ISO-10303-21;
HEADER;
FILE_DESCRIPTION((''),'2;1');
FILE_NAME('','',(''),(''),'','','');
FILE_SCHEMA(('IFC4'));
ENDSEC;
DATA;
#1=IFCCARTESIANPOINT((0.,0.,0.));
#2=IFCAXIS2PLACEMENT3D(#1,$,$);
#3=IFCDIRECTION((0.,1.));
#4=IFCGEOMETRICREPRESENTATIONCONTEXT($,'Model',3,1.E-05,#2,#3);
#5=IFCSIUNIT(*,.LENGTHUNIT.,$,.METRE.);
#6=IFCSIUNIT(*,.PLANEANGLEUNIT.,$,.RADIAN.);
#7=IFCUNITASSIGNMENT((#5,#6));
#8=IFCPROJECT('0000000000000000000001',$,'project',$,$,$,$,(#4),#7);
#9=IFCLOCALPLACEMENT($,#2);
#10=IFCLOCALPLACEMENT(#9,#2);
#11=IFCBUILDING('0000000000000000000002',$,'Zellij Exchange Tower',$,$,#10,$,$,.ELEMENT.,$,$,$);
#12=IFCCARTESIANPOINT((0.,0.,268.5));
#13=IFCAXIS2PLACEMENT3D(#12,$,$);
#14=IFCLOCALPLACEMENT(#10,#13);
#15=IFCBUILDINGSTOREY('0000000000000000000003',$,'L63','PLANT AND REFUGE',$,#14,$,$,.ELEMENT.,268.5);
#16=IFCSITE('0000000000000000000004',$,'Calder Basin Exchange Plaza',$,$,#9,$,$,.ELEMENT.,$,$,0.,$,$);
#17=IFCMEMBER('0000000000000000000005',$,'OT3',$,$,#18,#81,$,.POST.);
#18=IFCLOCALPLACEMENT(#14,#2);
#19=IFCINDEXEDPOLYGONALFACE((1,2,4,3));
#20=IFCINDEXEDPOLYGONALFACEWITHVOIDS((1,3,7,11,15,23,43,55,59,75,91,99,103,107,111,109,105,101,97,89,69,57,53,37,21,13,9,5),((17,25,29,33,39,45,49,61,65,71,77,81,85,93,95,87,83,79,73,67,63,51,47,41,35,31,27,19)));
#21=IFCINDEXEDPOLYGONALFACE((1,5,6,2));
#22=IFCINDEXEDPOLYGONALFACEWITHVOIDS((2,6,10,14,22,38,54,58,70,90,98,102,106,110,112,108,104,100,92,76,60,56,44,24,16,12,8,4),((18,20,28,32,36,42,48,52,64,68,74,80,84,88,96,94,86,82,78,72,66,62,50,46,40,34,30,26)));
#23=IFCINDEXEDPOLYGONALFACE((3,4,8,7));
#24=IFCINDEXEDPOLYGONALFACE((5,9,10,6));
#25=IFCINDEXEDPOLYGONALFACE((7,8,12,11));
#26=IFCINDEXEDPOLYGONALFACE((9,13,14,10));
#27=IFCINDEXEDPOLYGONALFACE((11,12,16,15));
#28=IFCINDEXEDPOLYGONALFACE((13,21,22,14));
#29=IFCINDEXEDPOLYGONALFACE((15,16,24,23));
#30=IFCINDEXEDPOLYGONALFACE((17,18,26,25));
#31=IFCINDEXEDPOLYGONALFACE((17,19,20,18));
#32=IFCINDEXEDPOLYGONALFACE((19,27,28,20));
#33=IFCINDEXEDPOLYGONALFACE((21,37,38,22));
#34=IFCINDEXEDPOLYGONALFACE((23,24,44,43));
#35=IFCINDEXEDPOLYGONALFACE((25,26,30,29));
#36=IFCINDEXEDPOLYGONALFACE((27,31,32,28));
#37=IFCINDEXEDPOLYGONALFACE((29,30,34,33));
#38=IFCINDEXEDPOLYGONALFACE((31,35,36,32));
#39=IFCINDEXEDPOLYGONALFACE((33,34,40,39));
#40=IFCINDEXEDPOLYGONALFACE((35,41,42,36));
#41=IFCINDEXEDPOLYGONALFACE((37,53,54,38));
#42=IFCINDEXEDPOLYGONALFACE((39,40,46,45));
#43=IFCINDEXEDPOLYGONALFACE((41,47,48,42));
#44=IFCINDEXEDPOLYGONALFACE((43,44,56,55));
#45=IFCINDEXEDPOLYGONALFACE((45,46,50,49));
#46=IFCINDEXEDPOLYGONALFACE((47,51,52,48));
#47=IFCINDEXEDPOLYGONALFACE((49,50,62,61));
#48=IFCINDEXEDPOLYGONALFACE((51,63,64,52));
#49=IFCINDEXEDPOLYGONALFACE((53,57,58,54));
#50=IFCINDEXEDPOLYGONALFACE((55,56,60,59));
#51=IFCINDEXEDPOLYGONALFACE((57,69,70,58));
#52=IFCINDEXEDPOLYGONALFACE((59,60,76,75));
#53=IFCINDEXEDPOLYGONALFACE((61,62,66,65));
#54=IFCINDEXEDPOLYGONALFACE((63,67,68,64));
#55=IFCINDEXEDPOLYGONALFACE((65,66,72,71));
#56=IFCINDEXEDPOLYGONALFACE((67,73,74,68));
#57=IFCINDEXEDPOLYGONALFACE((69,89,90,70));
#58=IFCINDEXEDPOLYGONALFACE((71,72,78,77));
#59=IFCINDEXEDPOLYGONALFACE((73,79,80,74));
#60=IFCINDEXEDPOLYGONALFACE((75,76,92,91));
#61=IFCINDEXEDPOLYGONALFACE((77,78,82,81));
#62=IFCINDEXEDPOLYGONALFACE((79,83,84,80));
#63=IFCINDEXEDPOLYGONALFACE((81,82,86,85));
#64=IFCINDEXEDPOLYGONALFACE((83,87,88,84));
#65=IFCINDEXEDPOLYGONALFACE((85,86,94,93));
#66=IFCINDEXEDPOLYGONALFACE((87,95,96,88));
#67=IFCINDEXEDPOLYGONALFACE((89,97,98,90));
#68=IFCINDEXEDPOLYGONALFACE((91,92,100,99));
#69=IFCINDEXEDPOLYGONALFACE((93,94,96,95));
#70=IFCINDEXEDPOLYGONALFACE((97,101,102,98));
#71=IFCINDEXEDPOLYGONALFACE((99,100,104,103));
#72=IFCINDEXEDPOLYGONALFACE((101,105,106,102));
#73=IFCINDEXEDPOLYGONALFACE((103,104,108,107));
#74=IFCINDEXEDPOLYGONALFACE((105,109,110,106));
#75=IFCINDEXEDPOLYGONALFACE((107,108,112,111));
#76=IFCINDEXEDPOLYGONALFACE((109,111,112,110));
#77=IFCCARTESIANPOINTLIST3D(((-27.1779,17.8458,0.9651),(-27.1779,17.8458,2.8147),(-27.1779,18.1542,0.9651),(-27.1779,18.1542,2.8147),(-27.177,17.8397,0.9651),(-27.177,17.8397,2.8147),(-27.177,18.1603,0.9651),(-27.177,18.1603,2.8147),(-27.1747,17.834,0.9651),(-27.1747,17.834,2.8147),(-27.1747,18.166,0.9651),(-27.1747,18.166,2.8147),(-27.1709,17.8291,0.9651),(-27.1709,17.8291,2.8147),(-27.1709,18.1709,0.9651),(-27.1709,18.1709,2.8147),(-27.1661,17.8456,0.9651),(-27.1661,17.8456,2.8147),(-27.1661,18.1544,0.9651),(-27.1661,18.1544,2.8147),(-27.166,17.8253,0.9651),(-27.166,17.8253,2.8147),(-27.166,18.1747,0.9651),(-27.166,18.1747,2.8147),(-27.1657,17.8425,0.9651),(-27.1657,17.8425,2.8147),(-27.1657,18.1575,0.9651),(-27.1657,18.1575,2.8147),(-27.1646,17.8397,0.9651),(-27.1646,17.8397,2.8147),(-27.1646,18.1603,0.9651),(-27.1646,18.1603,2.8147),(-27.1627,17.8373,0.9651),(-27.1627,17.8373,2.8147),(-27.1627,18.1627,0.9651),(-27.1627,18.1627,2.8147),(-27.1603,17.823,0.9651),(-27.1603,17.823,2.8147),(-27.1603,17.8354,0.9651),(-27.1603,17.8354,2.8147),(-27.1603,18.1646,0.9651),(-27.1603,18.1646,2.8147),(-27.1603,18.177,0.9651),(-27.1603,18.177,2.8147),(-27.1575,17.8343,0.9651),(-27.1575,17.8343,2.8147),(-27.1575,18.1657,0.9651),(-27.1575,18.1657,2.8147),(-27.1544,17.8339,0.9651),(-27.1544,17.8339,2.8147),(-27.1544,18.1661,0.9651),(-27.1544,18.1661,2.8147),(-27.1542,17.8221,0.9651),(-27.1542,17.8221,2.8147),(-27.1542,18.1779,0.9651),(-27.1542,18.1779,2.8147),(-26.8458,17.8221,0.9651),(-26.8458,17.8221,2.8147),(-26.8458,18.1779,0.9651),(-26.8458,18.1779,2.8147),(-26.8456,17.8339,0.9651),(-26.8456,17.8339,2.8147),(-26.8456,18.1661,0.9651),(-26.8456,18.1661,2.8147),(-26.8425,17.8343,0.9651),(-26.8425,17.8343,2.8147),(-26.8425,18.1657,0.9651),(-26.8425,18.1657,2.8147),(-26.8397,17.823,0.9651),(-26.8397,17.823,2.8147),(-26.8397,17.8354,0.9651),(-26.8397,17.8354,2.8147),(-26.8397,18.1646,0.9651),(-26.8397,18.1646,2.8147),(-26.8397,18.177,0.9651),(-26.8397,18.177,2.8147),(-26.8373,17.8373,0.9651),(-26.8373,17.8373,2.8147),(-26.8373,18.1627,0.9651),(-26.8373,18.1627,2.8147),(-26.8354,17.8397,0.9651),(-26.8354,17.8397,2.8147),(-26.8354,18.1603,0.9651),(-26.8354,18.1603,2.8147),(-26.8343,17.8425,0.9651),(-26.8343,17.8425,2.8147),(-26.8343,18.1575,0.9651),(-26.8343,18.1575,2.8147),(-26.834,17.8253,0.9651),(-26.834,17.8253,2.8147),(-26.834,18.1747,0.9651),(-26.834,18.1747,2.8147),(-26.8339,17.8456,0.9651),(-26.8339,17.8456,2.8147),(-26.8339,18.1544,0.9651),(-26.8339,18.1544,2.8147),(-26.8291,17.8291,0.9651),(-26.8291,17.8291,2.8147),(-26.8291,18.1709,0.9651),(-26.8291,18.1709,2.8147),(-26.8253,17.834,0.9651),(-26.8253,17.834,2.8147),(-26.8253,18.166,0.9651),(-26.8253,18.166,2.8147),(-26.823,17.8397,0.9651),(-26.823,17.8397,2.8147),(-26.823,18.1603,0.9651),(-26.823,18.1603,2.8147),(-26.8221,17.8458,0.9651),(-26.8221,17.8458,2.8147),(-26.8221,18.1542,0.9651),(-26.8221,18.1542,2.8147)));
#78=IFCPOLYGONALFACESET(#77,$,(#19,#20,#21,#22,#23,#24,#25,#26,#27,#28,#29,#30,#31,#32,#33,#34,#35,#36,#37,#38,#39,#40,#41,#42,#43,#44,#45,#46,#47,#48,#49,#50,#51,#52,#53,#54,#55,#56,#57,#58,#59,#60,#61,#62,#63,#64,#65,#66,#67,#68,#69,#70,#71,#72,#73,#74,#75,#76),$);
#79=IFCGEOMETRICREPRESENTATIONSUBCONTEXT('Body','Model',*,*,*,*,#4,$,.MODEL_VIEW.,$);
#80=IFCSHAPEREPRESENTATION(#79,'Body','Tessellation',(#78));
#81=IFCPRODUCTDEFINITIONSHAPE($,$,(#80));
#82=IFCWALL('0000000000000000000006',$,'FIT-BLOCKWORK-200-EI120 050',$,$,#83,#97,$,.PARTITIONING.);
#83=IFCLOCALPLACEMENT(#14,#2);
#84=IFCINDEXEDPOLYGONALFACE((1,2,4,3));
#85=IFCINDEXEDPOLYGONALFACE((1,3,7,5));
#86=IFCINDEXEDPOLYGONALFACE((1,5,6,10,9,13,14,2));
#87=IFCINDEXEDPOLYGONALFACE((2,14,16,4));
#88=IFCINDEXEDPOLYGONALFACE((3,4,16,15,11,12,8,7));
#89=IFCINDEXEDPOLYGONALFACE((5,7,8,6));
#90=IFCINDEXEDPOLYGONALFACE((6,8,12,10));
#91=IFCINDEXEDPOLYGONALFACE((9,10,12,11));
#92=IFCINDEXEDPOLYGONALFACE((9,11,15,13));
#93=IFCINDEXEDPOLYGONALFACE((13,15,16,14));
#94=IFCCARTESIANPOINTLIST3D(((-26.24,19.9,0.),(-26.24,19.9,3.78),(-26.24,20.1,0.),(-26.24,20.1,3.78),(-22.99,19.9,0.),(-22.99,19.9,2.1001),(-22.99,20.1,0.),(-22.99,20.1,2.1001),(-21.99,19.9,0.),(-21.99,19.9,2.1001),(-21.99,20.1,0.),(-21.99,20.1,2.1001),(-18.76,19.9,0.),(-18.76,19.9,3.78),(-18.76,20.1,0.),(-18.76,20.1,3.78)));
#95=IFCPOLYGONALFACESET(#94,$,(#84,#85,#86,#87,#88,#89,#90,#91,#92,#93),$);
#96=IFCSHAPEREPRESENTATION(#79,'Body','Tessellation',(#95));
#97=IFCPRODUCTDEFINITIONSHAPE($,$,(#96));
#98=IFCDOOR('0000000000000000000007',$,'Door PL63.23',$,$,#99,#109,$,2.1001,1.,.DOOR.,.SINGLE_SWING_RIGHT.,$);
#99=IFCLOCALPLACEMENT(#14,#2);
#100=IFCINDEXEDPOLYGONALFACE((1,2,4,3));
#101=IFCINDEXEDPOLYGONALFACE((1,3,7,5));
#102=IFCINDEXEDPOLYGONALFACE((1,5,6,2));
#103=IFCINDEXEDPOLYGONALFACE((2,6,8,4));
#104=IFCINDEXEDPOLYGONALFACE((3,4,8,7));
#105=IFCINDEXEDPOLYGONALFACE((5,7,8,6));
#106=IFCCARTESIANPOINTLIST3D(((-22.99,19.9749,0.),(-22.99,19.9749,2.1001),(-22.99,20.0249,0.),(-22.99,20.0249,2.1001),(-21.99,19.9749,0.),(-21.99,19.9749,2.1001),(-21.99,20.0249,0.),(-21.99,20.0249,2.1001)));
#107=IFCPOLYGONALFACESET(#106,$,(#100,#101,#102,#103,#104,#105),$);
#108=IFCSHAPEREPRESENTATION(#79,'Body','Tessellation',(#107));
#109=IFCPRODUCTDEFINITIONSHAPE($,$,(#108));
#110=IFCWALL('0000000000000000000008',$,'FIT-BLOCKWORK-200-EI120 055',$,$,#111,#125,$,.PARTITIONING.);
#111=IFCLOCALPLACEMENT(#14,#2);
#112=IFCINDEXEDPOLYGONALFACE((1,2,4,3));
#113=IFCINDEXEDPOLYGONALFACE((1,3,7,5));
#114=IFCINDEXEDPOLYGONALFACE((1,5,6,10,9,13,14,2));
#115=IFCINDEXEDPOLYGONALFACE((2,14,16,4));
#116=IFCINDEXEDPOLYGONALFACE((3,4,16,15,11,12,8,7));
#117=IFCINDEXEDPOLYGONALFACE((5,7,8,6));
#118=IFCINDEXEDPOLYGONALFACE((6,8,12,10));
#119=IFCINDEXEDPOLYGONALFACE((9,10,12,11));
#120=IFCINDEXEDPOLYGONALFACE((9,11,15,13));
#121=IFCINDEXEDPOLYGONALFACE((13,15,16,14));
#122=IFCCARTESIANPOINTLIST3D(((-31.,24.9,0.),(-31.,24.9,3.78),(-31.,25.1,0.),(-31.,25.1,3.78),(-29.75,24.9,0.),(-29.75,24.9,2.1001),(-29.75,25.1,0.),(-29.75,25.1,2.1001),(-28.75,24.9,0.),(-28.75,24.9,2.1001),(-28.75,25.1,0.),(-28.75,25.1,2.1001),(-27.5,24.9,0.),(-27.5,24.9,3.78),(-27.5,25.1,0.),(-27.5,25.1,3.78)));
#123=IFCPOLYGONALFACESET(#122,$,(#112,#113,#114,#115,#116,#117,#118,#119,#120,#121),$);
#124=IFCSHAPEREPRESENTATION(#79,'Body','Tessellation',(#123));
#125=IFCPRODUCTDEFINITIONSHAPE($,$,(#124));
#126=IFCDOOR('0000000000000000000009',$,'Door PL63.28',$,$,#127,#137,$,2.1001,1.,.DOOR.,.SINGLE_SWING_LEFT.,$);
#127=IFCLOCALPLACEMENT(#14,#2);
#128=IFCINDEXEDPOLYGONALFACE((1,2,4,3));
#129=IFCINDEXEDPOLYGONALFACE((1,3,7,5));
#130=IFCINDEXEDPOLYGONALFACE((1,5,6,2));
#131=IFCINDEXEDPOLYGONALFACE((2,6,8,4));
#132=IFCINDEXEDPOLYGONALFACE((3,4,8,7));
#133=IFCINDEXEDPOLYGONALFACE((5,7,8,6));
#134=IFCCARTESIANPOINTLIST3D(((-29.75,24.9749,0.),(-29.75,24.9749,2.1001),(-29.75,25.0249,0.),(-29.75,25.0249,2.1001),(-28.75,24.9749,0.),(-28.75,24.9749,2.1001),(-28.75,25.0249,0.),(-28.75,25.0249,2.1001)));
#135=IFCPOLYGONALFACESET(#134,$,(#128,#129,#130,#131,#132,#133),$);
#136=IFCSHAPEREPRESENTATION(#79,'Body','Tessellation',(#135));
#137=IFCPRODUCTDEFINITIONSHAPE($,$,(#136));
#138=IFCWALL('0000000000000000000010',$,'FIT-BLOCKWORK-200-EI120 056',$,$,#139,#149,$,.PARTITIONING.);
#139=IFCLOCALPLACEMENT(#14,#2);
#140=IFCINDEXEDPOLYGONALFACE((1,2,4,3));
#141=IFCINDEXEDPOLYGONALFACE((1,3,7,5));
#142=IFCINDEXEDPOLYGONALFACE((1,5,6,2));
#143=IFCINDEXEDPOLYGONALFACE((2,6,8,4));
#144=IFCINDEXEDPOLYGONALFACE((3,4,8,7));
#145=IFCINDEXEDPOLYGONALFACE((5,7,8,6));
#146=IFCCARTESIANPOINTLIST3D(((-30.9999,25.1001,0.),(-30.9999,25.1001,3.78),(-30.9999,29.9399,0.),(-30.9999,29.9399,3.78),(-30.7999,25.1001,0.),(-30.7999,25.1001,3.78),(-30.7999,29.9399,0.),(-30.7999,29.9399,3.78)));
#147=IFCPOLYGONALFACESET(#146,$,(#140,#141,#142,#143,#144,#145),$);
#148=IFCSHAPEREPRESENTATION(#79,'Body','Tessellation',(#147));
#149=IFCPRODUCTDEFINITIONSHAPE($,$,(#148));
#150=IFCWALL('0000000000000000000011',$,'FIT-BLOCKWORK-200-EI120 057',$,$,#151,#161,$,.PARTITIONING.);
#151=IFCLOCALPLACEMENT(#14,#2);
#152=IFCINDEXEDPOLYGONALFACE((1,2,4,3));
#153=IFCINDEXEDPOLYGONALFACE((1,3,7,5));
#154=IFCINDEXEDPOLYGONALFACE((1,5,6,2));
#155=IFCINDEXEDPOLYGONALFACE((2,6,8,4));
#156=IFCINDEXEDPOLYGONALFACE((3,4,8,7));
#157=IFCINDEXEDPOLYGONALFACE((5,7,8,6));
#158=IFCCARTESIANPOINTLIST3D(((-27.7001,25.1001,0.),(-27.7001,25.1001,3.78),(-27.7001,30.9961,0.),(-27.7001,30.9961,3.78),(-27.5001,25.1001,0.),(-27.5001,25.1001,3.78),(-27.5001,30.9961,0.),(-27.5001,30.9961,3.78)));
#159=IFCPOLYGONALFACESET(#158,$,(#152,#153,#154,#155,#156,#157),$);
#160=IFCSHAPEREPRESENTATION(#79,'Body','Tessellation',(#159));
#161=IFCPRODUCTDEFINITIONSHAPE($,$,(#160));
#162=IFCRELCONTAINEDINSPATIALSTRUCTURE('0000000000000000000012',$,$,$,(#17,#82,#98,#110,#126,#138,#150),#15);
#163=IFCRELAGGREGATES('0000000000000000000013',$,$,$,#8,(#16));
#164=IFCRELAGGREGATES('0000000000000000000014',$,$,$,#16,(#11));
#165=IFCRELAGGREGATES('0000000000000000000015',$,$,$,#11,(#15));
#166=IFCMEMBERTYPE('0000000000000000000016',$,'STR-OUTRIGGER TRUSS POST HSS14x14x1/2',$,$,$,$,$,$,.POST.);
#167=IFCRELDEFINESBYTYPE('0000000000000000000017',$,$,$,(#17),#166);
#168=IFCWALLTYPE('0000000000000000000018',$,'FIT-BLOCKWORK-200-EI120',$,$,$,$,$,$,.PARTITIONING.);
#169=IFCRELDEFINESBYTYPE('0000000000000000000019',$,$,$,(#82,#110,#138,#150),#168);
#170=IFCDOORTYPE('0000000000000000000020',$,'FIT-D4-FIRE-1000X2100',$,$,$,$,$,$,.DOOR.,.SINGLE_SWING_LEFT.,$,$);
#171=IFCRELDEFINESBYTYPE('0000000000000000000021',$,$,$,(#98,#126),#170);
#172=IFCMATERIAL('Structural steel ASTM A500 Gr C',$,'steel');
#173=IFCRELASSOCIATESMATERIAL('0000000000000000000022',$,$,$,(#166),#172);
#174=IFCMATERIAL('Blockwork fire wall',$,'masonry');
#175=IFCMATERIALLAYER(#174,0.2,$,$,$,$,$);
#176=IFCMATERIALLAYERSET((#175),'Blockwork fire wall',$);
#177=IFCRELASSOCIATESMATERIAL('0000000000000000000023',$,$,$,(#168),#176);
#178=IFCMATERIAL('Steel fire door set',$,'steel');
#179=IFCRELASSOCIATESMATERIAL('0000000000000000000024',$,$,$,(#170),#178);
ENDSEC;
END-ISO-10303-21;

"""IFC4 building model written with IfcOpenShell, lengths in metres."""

from ifc_helpers import new_model, si_unit, direction, frame, frame_2d, origin, origin_2d, place, context, subcontext, project, spatial, rectangle, hollow_rectangle, extrude, material, layer, layer_set, material_profile, profile_set, type_object, element, fill, save


model = new_model("IFC4")

# Units and contexts
model_context = context("Model", 3, precision=1e-05, world=origin(), true_north=direction((0.0, 1.0)))
body_context = subcontext(model_context, "Body", "Model", "MODEL_VIEW")
ifc_project = project(units=[si_unit("LENGTHUNIT", "METRE"), si_unit("PLANEANGLEUNIT", "RADIAN")], contexts=[model_context])

# Site, building, storey
site_placement = place(None, origin())
site = spatial("IfcSite", under=ifc_project, at=site_placement, Name="Calder Basin Exchange Plaza", CompositionType="ELEMENT", RefElevation=0.0)
building_placement = place(site_placement, origin())
building = spatial("IfcBuilding", under=site, at=building_placement, Name="Zellij Exchange Tower", CompositionType="ELEMENT")
storey_placement = place(building_placement, frame((0.0, 0.0, 268.5)))
storey = spatial("IfcBuildingStorey", under=building, at=storey_placement, Name="L63", Description="PLANT AND REFUGE", CompositionType="ELEMENT", Elevation=268.5)

# Shared definitions
ifc_material_1 = material(Name="Structural steel ASTM A500 Gr C", Category="steel")

# Member
ifc_material_profile_1 = material_profile(ifc_material_1, hollow_rectangle(XDim=0.3557, YDim=0.3557, WallThickness=0.0117, InnerFilletRadius=0.0117, OuterFilletRadius=0.0237, at=origin_2d()), Name="STR-OUTRIGGER TRUSS POST HSS14x14x1/2")
ifc_profile_set_1 = profile_set([ifc_material_profile_1], Name="Structural steel ASTM A500 Gr C")
member_type_1 = type_object("IfcMemberType", Name="STR-OUTRIGGER TRUSS POST HSS14x14x1/2", PredefinedType="POST", material=ifc_profile_set_1)
member_1_placement = place(storey_placement, frame((-27.0, 18.0, 0.9651), z_axis=(0.0, 0.0, 1.0), x_axis=(1.0, 0.0, 0.0)))
element("IfcMember", 1, at=member_1_placement, inside=storey, type_object=member_type_1, Name="OT3", PredefinedType="POST", context=body_context, shape_type="SweptSolid", body=[
    extrude(hollow_rectangle(XDim=0.3557, YDim=0.3557, WallThickness=0.0117, InnerFilletRadius=0.0117, OuterFilletRadius=0.0237, at=origin_2d()), origin(), (0.0, 0.0, 1.0), 1.8496),
])

# Walls, openings, doors
ifc_material_2 = material(Name="Blockwork fire wall", Category="masonry")
ifc_layer_1 = layer(ifc_material_2, 0.2)
ifc_layer_set_1 = layer_set([ifc_layer_1], Name="Blockwork fire wall")
wall_type_1 = type_object("IfcWallType", Name="FIT-BLOCKWORK-200-EI120", PredefinedType="PARTITIONING", material=ifc_layer_set_1)
wall_1_placement = place(storey_placement, frame((-26.24, 20.0, 0.0), z_axis=(0.0, 0.0, 1.0), x_axis=(1.0, 0.0, 0.0)))
wall_1 = element("IfcWall", 2, at=wall_1_placement, inside=storey, type_object=wall_type_1, Name="FIT-BLOCKWORK-200-EI120 050", PredefinedType="PARTITIONING", context=body_context, shape_type="SweptSolid", body=[
    extrude(rectangle(XDim=7.48, YDim=0.2, at=frame_2d((3.74, 0.0))), origin(), (0.0, 0.0, 1.0), 3.78),
])
opening_1_placement = place(wall_1_placement, frame((3.25, 0.0, 0.0)))
opening_1 = element("IfcOpeningElement", 3, at=opening_1_placement, cuts=wall_1, PredefinedType="OPENING", context=body_context, shape_type="SweptSolid", body=[
    extrude(rectangle(XDim=1.0, YDim=2.1001, at=frame_2d((0.5, 1.05))), frame((0.0, 0.1118, 0.0), z_axis=(0.0, -1.0, 0.0), x_axis=(1.0, 0.0, 0.0)), (0.0, 0.0, 1.0), 0.2239),
])
ifc_material_3 = material(Name="Steel fire door set", Category="steel")
door_type = type_object("IfcDoorType", Name="FIT-D4-FIRE-1000X2100", OperationType="SINGLE_SWING_LEFT", PredefinedType="DOOR", material=ifc_material_3)
door_1_placement = place(opening_1_placement, origin())
door_1 = element("IfcDoor", 4, at=door_1_placement, inside=storey, type_object=door_type, Name="Door PL63.23", OperationType="SINGLE_SWING_RIGHT", OverallHeight=2.1001, OverallWidth=1.0, PredefinedType="DOOR", context=body_context, shape_type="SweptSolid", body=[
    extrude(rectangle(XDim=1.0, YDim=2.1001, at=frame_2d((0.5, 1.05))), frame((0.0, 0.0249, 0.0), z_axis=(0.0, -1.0, 0.0), x_axis=(1.0, 0.0, 0.0)), (0.0, 0.0, 1.0), 0.05),
])
fill(opening_1, door_1)
wall_2_placement = place(storey_placement, frame((-31.0, 25.0, 0.0), z_axis=(0.0, 0.0, 1.0), x_axis=(1.0, 0.0, 0.0)))
wall_2 = element("IfcWall", 5, at=wall_2_placement, inside=storey, type_object=wall_type_1, Name="FIT-BLOCKWORK-200-EI120 055", PredefinedType="PARTITIONING", context=body_context, shape_type="SweptSolid", body=[
    extrude(rectangle(XDim=3.5, YDim=0.2, at=frame_2d((1.75, 0.0))), origin(), (0.0, 0.0, 1.0), 3.78),
])
opening_2_placement = place(wall_2_placement, frame((1.25, 0.0, 0.0)))
opening_2 = element("IfcOpeningElement", 6, at=opening_2_placement, cuts=wall_2, PredefinedType="OPENING", context=body_context, shape_type="SweptSolid", body=[
    extrude(rectangle(XDim=1.0, YDim=2.1001, at=frame_2d((0.5, 1.05))), frame((0.0, 0.1118, 0.0), z_axis=(0.0, -1.0, 0.0), x_axis=(1.0, 0.0, 0.0)), (0.0, 0.0, 1.0), 0.2239),
])
door_2_placement = place(opening_2_placement, origin())
door_2 = element("IfcDoor", 7, at=door_2_placement, inside=storey, type_object=door_type, Name="Door PL63.28", OperationType="SINGLE_SWING_LEFT", OverallHeight=2.1001, OverallWidth=1.0, PredefinedType="DOOR", context=body_context, shape_type="SweptSolid", body=[
    extrude(rectangle(XDim=1.0, YDim=2.1001, at=frame_2d((0.5, 1.05))), frame((0.0, 0.0249, 0.0), z_axis=(0.0, -1.0, 0.0), x_axis=(1.0, 0.0, 0.0)), (0.0, 0.0, 1.0), 0.05),
])
fill(opening_2, door_2)

# Walls
wall_3_placement = place(storey_placement, frame((-30.8999, 25.1001, 0.0), z_axis=(0.0, 0.0, 1.0), x_axis=(0.0, 1.0, 0.0)))
element("IfcWall", 8, at=wall_3_placement, inside=storey, type_object=wall_type_1, Name="FIT-BLOCKWORK-200-EI120 056", PredefinedType="PARTITIONING", context=body_context, shape_type="SweptSolid", body=[
    extrude(rectangle(XDim=4.8398, YDim=0.2, at=frame_2d((2.4199, 0.0))), origin(), (0.0, 0.0, 1.0), 3.78),
])
wall_4_placement = place(storey_placement, frame((-27.6001, 25.1001, 0.0), z_axis=(0.0, 0.0, 1.0), x_axis=(0.0, 1.0, 0.0)))
element("IfcWall", 9, at=wall_4_placement, inside=storey, type_object=wall_type_1, Name="FIT-BLOCKWORK-200-EI120 057", PredefinedType="PARTITIONING", context=body_context, shape_type="SweptSolid", body=[
    extrude(rectangle(XDim=5.896, YDim=0.2, at=frame_2d((2.948, 0.0))), origin(), (0.0, 0.0, 1.0), 3.78),
])

save(model, "model.ifc")
